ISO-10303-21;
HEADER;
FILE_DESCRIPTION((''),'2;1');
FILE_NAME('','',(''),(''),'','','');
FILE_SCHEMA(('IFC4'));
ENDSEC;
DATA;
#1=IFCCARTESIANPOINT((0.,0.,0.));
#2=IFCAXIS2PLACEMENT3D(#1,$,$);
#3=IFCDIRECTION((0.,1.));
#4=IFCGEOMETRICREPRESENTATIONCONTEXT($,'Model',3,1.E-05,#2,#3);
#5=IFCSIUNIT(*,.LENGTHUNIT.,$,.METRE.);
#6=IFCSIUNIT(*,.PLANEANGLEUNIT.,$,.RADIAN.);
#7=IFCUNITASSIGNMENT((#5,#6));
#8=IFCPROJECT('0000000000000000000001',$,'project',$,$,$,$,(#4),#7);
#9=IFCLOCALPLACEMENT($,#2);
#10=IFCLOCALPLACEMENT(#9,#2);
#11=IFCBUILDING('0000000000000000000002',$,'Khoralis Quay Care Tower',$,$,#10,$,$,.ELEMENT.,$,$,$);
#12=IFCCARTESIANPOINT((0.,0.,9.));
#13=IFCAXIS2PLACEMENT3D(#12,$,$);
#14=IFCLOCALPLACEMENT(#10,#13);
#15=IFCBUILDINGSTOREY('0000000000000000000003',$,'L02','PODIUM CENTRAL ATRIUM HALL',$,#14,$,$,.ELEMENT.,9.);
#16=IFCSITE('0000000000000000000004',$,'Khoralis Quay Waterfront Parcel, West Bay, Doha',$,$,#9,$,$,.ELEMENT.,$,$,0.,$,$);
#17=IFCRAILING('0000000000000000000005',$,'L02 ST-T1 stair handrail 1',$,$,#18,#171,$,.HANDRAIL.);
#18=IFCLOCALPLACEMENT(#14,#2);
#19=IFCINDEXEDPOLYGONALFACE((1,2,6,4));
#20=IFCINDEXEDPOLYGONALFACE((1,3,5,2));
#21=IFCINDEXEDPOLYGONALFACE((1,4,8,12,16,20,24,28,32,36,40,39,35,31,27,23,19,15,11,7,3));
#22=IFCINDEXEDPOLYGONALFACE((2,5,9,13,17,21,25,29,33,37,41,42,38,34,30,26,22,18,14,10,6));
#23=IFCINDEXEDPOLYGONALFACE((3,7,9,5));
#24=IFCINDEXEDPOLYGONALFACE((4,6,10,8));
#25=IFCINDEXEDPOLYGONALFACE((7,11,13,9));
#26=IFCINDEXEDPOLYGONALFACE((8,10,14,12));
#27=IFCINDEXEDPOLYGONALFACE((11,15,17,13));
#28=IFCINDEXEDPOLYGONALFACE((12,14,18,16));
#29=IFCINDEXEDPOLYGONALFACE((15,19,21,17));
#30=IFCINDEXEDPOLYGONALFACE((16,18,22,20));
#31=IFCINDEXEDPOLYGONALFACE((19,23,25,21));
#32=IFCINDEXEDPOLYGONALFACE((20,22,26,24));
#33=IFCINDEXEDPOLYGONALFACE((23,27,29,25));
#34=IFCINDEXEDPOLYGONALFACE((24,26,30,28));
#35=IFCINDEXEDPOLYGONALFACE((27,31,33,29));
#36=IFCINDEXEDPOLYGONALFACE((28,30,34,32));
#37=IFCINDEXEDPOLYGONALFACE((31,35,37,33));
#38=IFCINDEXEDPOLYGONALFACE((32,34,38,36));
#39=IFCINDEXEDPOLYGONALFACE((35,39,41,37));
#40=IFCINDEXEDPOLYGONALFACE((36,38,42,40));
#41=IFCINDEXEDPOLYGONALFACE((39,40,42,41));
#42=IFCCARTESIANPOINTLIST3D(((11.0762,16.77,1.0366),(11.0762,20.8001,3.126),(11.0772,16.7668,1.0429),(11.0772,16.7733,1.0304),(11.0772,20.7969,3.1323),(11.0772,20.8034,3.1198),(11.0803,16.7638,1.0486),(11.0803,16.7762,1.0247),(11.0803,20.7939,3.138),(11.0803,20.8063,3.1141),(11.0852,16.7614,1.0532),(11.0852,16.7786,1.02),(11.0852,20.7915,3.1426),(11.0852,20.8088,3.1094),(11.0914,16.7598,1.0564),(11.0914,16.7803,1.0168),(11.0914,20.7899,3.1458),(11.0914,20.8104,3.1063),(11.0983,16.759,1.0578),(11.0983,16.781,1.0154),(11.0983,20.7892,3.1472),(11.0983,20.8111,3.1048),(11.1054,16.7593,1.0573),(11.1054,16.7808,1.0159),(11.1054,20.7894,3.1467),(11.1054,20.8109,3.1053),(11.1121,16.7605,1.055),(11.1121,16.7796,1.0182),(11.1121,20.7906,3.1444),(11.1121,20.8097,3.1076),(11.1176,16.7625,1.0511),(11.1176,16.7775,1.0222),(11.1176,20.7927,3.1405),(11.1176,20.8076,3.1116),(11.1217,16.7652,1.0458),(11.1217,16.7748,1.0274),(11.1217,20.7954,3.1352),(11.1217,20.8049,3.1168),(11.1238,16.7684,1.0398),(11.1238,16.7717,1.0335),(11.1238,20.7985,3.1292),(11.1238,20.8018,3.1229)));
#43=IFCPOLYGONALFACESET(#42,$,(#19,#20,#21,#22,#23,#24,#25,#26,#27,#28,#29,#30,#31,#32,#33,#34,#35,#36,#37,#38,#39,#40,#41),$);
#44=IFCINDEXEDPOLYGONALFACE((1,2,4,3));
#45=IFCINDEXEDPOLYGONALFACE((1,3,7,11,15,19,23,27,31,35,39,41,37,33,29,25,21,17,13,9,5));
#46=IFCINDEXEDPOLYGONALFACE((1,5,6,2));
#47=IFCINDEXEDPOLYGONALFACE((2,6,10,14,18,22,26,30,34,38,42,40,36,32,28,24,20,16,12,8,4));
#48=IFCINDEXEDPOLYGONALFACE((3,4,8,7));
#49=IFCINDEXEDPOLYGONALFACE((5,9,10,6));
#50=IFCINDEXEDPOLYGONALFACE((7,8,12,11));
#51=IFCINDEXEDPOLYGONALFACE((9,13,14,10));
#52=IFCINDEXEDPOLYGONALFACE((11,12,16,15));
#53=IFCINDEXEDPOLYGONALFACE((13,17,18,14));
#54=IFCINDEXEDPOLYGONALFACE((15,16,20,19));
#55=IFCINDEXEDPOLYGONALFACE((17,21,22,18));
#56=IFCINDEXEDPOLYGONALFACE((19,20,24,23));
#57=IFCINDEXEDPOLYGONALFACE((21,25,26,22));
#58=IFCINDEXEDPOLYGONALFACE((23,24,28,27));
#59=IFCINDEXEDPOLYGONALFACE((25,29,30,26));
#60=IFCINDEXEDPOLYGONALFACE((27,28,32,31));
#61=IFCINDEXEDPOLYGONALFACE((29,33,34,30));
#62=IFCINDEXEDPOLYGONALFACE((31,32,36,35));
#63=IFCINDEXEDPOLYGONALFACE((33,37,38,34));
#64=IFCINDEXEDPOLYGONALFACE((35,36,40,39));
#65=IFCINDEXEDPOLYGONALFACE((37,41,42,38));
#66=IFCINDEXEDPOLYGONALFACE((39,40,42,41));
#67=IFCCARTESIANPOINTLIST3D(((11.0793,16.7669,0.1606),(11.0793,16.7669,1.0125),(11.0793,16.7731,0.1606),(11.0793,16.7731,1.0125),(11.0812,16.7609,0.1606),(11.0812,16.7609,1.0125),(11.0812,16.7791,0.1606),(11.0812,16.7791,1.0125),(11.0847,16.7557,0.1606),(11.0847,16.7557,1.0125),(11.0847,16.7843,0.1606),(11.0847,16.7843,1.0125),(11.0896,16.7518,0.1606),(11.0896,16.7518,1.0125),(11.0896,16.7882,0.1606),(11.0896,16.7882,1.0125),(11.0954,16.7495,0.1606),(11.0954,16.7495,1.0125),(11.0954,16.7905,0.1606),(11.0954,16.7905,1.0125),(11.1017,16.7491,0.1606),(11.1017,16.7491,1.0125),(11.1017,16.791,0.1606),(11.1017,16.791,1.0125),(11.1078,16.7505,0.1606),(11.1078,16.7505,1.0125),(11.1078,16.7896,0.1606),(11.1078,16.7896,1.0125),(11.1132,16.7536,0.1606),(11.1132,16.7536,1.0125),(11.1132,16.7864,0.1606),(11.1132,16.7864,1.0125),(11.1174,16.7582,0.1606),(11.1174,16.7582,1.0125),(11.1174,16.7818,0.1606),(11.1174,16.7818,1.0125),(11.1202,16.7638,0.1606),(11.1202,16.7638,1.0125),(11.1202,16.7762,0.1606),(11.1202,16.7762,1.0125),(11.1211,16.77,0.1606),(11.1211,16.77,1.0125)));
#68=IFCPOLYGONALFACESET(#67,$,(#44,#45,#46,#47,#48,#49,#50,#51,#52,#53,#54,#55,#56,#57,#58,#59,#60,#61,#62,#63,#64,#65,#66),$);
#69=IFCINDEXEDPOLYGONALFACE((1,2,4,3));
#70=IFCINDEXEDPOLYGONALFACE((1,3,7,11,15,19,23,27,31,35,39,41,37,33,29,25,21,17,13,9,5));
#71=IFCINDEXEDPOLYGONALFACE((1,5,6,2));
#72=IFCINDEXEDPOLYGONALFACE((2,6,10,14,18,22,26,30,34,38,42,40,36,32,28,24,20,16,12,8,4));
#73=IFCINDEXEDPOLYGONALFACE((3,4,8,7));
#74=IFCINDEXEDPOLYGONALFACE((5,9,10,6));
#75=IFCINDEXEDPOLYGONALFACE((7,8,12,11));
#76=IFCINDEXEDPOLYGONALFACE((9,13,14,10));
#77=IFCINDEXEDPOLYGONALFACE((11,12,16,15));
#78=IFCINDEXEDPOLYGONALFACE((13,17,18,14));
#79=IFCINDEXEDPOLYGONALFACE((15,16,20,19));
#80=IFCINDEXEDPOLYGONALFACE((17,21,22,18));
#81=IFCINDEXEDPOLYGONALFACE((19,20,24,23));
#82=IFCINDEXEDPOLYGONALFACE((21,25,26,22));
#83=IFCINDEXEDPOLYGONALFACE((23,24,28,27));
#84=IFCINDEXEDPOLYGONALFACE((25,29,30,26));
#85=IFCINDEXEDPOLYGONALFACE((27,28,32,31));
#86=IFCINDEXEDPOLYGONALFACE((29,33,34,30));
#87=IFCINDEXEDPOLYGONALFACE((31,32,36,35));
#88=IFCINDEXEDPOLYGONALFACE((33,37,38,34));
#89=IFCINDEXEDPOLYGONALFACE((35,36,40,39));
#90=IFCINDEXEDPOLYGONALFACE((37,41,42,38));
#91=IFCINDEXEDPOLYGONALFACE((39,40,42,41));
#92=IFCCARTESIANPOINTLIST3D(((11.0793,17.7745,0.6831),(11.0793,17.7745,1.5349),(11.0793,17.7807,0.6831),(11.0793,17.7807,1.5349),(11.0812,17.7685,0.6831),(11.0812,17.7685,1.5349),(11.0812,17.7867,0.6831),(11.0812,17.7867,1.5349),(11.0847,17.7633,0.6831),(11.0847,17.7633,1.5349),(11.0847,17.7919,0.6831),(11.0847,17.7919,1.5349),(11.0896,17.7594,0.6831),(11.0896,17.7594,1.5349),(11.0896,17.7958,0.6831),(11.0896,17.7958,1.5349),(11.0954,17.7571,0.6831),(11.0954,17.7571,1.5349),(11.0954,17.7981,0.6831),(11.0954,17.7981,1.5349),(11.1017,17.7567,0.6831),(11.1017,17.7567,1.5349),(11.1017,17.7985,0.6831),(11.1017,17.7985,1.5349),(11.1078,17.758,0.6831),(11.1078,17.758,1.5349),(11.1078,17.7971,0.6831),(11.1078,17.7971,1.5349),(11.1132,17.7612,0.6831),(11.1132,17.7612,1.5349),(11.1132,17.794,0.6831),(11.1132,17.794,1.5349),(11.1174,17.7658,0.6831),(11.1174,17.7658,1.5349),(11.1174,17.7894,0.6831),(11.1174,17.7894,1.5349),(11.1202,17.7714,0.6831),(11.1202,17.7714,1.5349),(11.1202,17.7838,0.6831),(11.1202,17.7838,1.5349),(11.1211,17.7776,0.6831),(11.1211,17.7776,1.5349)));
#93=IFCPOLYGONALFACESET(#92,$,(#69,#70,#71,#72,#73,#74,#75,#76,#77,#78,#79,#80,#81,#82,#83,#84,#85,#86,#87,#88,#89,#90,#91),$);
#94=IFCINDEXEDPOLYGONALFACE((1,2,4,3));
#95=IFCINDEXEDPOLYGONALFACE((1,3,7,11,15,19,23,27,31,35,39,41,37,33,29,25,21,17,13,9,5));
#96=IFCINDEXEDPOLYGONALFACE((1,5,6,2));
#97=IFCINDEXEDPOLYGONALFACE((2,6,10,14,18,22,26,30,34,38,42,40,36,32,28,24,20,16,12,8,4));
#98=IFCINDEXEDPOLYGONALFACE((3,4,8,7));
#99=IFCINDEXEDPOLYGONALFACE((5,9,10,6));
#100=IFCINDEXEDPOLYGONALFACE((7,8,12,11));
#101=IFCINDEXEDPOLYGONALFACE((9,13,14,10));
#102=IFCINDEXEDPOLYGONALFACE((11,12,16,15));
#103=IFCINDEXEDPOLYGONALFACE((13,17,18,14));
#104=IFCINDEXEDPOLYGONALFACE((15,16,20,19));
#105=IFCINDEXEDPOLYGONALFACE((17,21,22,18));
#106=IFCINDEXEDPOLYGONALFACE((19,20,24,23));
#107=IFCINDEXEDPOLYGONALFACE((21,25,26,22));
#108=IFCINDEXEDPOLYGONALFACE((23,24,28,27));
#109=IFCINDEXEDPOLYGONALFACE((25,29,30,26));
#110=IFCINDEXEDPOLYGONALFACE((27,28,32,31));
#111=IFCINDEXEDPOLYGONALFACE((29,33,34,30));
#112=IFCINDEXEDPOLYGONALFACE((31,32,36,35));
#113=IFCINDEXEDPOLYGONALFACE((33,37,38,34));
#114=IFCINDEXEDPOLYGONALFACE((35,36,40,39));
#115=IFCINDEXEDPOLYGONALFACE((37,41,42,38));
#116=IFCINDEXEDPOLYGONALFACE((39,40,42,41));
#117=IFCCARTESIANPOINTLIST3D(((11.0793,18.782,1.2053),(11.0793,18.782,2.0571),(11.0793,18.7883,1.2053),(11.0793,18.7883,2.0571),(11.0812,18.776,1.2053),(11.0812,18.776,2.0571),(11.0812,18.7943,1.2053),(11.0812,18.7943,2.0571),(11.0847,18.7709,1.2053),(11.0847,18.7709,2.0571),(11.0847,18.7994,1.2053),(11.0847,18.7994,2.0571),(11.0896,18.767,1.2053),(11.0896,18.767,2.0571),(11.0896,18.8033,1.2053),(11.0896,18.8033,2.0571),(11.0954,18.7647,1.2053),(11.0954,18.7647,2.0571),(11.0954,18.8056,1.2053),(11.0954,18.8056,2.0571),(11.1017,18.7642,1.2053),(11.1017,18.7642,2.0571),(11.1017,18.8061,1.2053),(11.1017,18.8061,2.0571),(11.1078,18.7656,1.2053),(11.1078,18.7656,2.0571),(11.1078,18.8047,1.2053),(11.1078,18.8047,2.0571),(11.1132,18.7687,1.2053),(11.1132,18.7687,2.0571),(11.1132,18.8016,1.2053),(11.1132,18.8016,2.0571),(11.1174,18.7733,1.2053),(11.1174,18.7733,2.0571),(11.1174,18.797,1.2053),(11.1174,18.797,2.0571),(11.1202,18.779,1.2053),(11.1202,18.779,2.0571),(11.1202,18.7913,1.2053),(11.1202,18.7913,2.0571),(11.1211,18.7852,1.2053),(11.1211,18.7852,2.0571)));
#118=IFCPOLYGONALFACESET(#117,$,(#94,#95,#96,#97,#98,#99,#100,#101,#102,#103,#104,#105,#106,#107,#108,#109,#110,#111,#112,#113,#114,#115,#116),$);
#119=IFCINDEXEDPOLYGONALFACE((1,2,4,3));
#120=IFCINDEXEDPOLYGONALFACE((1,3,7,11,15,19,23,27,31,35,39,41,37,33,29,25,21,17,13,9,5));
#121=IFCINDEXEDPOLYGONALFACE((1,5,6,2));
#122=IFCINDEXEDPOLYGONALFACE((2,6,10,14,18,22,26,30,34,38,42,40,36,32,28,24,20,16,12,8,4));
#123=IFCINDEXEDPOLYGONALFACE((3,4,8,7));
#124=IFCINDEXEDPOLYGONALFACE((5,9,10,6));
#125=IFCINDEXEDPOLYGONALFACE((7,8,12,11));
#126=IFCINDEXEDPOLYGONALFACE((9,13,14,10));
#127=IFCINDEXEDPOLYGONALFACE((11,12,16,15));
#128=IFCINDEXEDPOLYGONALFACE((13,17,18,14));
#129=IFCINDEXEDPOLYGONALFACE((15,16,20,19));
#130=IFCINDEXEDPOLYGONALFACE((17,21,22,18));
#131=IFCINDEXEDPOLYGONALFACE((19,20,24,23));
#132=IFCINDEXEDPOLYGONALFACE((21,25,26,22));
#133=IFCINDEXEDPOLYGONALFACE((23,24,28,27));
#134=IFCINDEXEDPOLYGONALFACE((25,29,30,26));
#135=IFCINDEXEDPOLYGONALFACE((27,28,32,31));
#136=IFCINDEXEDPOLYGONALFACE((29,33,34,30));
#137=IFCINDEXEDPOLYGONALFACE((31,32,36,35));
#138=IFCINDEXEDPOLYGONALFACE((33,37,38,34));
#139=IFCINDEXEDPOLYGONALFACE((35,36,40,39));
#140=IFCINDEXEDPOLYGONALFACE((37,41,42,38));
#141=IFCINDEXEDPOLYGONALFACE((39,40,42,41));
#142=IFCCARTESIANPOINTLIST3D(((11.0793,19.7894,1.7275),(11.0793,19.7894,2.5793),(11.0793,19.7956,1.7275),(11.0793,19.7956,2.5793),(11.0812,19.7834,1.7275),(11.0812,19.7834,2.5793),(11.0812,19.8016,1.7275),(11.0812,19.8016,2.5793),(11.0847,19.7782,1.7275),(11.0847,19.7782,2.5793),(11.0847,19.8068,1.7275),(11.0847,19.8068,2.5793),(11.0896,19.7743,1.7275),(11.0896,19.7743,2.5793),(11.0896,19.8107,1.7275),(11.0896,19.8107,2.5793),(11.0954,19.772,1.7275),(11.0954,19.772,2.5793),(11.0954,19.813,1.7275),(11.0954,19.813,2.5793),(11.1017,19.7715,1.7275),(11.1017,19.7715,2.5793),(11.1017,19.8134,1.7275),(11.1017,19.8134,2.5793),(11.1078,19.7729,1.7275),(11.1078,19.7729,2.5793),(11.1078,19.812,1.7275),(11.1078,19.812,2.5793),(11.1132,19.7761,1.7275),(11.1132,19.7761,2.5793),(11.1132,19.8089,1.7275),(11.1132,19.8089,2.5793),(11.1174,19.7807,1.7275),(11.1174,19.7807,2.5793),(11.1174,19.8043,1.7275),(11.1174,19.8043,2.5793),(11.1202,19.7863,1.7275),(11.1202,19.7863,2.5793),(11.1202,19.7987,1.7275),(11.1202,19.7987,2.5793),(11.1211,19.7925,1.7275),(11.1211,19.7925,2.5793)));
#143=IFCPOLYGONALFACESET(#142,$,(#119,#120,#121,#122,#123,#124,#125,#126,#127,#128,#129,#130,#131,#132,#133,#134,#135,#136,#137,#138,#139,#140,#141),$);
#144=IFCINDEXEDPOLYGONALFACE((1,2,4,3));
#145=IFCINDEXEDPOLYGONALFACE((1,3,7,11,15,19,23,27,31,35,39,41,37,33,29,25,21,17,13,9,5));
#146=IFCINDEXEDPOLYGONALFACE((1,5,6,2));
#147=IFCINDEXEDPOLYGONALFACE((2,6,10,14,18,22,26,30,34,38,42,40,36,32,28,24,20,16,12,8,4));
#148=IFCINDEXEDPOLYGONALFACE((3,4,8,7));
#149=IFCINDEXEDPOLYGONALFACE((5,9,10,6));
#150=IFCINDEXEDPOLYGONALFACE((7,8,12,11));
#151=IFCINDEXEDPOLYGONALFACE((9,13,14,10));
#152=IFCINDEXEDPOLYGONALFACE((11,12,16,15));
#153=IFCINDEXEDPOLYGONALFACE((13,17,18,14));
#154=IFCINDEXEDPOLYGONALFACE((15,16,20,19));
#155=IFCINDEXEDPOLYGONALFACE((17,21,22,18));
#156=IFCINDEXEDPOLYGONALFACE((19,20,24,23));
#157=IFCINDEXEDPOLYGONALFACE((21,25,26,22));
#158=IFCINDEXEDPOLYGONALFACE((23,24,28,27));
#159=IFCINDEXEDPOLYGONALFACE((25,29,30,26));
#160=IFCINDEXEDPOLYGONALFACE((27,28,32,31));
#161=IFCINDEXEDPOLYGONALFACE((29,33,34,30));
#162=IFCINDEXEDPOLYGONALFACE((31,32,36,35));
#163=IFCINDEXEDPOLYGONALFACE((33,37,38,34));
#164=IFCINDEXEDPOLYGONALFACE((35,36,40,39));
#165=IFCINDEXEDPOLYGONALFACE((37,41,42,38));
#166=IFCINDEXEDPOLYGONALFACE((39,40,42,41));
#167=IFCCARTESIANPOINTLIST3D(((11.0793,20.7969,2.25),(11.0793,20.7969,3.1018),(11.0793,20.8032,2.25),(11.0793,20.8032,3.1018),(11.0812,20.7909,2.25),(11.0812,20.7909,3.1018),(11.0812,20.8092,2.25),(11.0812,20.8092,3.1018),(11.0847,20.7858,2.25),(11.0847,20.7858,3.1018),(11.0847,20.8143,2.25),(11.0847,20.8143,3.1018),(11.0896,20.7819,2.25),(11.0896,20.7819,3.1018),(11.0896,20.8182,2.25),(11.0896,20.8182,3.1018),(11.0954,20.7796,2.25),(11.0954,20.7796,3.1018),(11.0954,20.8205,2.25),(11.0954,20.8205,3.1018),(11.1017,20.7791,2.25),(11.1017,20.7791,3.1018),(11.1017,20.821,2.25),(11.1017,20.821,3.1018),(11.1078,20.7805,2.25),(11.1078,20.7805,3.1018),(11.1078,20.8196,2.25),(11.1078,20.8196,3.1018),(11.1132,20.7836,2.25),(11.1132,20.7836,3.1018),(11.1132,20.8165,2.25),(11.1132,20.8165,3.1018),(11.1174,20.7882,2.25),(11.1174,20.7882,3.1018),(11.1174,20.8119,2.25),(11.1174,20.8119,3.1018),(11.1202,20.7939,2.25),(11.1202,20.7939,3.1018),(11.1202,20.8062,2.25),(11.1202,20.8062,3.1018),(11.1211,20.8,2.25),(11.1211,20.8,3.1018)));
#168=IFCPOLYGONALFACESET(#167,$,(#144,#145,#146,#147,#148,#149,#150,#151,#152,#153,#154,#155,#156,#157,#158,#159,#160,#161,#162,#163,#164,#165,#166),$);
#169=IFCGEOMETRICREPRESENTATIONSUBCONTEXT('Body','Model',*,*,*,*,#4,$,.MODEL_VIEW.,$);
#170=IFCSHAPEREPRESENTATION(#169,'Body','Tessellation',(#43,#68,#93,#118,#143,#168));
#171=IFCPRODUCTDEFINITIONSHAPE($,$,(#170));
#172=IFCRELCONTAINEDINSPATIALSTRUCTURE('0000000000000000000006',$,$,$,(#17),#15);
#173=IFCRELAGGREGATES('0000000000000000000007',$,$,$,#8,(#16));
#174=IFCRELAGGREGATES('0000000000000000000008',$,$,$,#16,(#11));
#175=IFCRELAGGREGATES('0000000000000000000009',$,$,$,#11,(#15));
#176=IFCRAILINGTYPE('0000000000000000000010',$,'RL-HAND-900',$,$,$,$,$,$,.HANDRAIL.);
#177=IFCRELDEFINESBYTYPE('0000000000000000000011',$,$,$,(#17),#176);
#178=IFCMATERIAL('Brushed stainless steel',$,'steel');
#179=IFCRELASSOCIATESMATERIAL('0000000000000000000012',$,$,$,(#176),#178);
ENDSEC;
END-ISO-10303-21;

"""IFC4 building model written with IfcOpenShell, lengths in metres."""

from ifc_helpers import new_model, si_unit, direction, frame, origin, origin_2d, place, context, subcontext, project, spatial, circle, extrude, material, type_object, element, save


model = new_model("IFC4")

# Units and contexts
model_context = context("Model", 3, precision=1e-05, world=origin(), true_north=direction((0.0, 1.0)))
body_context = subcontext(model_context, "Body", "Model", "MODEL_VIEW")
ifc_project = project(units=[si_unit("LENGTHUNIT", "METRE"), si_unit("PLANEANGLEUNIT", "RADIAN")], contexts=[model_context])

# Site, building, storey
site_placement = place(None, origin())
site = spatial("IfcSite", under=ifc_project, at=site_placement, Name="Khoralis Quay Waterfront Parcel, West Bay, Doha", CompositionType="ELEMENT", RefElevation=0.0)
building_placement = place(site_placement, origin())
building = spatial("IfcBuilding", under=site, at=building_placement, Name="Khoralis Quay Care Tower", CompositionType="ELEMENT")
storey_placement = place(building_placement, frame((0.0, 0.0, 9.0)))
storey = spatial("IfcBuildingStorey", under=building, at=storey_placement, Name="L02", Description="PODIUM CENTRAL ATRIUM HALL", CompositionType="ELEMENT", Elevation=9.0)

# Shared definitions
ifc_material_1 = material(Name="Brushed stainless steel", Category="steel")

# Railing
railing_type_1 = type_object("IfcRailingType", Name="RL-HAND-900", PredefinedType="HANDRAIL", material=ifc_material_1)
railing_1_placement = place(storey_placement, frame((11.1001, 16.77, 0.1606)))
element("IfcRailing", 1, at=railing_1_placement, inside=storey, type_object=railing_type_1, Name="L02 ST-T1 stair handrail 1", PredefinedType="HANDRAIL", context=body_context, shape_type="SweptSolid", body=[
    extrude(circle(Radius=0.0239, at=origin_2d()), frame((0.0, 0.0, 0.876), z_axis=(0.0, 0.887781, 0.460267), x_axis=(-1.0, 0.0, 0.0)), (0.0, 0.0, 1.0), 4.5396),
    extrude(circle(Radius=0.021, at=origin_2d()), origin(), (0.0, 0.0, 1.0), 0.8518),
    extrude(circle(Radius=0.021, at=origin_2d()), frame((0.0, 1.0076, 0.5225)), (0.0, 0.0, 1.0), 0.8518),
    extrude(circle(Radius=0.021, at=origin_2d()), frame((0.0, 2.0151, 1.0447)), (0.0, 0.0, 1.0), 0.8518),
    extrude(circle(Radius=0.021, at=origin_2d()), frame((0.0, 3.0225, 1.5669)), (0.0, 0.0, 1.0), 0.8518),
    extrude(circle(Radius=0.021, at=origin_2d()), frame((0.0, 4.03, 2.0894)), (0.0, 0.0, 1.0), 0.8518),
])

save(model, "model.ifc")
